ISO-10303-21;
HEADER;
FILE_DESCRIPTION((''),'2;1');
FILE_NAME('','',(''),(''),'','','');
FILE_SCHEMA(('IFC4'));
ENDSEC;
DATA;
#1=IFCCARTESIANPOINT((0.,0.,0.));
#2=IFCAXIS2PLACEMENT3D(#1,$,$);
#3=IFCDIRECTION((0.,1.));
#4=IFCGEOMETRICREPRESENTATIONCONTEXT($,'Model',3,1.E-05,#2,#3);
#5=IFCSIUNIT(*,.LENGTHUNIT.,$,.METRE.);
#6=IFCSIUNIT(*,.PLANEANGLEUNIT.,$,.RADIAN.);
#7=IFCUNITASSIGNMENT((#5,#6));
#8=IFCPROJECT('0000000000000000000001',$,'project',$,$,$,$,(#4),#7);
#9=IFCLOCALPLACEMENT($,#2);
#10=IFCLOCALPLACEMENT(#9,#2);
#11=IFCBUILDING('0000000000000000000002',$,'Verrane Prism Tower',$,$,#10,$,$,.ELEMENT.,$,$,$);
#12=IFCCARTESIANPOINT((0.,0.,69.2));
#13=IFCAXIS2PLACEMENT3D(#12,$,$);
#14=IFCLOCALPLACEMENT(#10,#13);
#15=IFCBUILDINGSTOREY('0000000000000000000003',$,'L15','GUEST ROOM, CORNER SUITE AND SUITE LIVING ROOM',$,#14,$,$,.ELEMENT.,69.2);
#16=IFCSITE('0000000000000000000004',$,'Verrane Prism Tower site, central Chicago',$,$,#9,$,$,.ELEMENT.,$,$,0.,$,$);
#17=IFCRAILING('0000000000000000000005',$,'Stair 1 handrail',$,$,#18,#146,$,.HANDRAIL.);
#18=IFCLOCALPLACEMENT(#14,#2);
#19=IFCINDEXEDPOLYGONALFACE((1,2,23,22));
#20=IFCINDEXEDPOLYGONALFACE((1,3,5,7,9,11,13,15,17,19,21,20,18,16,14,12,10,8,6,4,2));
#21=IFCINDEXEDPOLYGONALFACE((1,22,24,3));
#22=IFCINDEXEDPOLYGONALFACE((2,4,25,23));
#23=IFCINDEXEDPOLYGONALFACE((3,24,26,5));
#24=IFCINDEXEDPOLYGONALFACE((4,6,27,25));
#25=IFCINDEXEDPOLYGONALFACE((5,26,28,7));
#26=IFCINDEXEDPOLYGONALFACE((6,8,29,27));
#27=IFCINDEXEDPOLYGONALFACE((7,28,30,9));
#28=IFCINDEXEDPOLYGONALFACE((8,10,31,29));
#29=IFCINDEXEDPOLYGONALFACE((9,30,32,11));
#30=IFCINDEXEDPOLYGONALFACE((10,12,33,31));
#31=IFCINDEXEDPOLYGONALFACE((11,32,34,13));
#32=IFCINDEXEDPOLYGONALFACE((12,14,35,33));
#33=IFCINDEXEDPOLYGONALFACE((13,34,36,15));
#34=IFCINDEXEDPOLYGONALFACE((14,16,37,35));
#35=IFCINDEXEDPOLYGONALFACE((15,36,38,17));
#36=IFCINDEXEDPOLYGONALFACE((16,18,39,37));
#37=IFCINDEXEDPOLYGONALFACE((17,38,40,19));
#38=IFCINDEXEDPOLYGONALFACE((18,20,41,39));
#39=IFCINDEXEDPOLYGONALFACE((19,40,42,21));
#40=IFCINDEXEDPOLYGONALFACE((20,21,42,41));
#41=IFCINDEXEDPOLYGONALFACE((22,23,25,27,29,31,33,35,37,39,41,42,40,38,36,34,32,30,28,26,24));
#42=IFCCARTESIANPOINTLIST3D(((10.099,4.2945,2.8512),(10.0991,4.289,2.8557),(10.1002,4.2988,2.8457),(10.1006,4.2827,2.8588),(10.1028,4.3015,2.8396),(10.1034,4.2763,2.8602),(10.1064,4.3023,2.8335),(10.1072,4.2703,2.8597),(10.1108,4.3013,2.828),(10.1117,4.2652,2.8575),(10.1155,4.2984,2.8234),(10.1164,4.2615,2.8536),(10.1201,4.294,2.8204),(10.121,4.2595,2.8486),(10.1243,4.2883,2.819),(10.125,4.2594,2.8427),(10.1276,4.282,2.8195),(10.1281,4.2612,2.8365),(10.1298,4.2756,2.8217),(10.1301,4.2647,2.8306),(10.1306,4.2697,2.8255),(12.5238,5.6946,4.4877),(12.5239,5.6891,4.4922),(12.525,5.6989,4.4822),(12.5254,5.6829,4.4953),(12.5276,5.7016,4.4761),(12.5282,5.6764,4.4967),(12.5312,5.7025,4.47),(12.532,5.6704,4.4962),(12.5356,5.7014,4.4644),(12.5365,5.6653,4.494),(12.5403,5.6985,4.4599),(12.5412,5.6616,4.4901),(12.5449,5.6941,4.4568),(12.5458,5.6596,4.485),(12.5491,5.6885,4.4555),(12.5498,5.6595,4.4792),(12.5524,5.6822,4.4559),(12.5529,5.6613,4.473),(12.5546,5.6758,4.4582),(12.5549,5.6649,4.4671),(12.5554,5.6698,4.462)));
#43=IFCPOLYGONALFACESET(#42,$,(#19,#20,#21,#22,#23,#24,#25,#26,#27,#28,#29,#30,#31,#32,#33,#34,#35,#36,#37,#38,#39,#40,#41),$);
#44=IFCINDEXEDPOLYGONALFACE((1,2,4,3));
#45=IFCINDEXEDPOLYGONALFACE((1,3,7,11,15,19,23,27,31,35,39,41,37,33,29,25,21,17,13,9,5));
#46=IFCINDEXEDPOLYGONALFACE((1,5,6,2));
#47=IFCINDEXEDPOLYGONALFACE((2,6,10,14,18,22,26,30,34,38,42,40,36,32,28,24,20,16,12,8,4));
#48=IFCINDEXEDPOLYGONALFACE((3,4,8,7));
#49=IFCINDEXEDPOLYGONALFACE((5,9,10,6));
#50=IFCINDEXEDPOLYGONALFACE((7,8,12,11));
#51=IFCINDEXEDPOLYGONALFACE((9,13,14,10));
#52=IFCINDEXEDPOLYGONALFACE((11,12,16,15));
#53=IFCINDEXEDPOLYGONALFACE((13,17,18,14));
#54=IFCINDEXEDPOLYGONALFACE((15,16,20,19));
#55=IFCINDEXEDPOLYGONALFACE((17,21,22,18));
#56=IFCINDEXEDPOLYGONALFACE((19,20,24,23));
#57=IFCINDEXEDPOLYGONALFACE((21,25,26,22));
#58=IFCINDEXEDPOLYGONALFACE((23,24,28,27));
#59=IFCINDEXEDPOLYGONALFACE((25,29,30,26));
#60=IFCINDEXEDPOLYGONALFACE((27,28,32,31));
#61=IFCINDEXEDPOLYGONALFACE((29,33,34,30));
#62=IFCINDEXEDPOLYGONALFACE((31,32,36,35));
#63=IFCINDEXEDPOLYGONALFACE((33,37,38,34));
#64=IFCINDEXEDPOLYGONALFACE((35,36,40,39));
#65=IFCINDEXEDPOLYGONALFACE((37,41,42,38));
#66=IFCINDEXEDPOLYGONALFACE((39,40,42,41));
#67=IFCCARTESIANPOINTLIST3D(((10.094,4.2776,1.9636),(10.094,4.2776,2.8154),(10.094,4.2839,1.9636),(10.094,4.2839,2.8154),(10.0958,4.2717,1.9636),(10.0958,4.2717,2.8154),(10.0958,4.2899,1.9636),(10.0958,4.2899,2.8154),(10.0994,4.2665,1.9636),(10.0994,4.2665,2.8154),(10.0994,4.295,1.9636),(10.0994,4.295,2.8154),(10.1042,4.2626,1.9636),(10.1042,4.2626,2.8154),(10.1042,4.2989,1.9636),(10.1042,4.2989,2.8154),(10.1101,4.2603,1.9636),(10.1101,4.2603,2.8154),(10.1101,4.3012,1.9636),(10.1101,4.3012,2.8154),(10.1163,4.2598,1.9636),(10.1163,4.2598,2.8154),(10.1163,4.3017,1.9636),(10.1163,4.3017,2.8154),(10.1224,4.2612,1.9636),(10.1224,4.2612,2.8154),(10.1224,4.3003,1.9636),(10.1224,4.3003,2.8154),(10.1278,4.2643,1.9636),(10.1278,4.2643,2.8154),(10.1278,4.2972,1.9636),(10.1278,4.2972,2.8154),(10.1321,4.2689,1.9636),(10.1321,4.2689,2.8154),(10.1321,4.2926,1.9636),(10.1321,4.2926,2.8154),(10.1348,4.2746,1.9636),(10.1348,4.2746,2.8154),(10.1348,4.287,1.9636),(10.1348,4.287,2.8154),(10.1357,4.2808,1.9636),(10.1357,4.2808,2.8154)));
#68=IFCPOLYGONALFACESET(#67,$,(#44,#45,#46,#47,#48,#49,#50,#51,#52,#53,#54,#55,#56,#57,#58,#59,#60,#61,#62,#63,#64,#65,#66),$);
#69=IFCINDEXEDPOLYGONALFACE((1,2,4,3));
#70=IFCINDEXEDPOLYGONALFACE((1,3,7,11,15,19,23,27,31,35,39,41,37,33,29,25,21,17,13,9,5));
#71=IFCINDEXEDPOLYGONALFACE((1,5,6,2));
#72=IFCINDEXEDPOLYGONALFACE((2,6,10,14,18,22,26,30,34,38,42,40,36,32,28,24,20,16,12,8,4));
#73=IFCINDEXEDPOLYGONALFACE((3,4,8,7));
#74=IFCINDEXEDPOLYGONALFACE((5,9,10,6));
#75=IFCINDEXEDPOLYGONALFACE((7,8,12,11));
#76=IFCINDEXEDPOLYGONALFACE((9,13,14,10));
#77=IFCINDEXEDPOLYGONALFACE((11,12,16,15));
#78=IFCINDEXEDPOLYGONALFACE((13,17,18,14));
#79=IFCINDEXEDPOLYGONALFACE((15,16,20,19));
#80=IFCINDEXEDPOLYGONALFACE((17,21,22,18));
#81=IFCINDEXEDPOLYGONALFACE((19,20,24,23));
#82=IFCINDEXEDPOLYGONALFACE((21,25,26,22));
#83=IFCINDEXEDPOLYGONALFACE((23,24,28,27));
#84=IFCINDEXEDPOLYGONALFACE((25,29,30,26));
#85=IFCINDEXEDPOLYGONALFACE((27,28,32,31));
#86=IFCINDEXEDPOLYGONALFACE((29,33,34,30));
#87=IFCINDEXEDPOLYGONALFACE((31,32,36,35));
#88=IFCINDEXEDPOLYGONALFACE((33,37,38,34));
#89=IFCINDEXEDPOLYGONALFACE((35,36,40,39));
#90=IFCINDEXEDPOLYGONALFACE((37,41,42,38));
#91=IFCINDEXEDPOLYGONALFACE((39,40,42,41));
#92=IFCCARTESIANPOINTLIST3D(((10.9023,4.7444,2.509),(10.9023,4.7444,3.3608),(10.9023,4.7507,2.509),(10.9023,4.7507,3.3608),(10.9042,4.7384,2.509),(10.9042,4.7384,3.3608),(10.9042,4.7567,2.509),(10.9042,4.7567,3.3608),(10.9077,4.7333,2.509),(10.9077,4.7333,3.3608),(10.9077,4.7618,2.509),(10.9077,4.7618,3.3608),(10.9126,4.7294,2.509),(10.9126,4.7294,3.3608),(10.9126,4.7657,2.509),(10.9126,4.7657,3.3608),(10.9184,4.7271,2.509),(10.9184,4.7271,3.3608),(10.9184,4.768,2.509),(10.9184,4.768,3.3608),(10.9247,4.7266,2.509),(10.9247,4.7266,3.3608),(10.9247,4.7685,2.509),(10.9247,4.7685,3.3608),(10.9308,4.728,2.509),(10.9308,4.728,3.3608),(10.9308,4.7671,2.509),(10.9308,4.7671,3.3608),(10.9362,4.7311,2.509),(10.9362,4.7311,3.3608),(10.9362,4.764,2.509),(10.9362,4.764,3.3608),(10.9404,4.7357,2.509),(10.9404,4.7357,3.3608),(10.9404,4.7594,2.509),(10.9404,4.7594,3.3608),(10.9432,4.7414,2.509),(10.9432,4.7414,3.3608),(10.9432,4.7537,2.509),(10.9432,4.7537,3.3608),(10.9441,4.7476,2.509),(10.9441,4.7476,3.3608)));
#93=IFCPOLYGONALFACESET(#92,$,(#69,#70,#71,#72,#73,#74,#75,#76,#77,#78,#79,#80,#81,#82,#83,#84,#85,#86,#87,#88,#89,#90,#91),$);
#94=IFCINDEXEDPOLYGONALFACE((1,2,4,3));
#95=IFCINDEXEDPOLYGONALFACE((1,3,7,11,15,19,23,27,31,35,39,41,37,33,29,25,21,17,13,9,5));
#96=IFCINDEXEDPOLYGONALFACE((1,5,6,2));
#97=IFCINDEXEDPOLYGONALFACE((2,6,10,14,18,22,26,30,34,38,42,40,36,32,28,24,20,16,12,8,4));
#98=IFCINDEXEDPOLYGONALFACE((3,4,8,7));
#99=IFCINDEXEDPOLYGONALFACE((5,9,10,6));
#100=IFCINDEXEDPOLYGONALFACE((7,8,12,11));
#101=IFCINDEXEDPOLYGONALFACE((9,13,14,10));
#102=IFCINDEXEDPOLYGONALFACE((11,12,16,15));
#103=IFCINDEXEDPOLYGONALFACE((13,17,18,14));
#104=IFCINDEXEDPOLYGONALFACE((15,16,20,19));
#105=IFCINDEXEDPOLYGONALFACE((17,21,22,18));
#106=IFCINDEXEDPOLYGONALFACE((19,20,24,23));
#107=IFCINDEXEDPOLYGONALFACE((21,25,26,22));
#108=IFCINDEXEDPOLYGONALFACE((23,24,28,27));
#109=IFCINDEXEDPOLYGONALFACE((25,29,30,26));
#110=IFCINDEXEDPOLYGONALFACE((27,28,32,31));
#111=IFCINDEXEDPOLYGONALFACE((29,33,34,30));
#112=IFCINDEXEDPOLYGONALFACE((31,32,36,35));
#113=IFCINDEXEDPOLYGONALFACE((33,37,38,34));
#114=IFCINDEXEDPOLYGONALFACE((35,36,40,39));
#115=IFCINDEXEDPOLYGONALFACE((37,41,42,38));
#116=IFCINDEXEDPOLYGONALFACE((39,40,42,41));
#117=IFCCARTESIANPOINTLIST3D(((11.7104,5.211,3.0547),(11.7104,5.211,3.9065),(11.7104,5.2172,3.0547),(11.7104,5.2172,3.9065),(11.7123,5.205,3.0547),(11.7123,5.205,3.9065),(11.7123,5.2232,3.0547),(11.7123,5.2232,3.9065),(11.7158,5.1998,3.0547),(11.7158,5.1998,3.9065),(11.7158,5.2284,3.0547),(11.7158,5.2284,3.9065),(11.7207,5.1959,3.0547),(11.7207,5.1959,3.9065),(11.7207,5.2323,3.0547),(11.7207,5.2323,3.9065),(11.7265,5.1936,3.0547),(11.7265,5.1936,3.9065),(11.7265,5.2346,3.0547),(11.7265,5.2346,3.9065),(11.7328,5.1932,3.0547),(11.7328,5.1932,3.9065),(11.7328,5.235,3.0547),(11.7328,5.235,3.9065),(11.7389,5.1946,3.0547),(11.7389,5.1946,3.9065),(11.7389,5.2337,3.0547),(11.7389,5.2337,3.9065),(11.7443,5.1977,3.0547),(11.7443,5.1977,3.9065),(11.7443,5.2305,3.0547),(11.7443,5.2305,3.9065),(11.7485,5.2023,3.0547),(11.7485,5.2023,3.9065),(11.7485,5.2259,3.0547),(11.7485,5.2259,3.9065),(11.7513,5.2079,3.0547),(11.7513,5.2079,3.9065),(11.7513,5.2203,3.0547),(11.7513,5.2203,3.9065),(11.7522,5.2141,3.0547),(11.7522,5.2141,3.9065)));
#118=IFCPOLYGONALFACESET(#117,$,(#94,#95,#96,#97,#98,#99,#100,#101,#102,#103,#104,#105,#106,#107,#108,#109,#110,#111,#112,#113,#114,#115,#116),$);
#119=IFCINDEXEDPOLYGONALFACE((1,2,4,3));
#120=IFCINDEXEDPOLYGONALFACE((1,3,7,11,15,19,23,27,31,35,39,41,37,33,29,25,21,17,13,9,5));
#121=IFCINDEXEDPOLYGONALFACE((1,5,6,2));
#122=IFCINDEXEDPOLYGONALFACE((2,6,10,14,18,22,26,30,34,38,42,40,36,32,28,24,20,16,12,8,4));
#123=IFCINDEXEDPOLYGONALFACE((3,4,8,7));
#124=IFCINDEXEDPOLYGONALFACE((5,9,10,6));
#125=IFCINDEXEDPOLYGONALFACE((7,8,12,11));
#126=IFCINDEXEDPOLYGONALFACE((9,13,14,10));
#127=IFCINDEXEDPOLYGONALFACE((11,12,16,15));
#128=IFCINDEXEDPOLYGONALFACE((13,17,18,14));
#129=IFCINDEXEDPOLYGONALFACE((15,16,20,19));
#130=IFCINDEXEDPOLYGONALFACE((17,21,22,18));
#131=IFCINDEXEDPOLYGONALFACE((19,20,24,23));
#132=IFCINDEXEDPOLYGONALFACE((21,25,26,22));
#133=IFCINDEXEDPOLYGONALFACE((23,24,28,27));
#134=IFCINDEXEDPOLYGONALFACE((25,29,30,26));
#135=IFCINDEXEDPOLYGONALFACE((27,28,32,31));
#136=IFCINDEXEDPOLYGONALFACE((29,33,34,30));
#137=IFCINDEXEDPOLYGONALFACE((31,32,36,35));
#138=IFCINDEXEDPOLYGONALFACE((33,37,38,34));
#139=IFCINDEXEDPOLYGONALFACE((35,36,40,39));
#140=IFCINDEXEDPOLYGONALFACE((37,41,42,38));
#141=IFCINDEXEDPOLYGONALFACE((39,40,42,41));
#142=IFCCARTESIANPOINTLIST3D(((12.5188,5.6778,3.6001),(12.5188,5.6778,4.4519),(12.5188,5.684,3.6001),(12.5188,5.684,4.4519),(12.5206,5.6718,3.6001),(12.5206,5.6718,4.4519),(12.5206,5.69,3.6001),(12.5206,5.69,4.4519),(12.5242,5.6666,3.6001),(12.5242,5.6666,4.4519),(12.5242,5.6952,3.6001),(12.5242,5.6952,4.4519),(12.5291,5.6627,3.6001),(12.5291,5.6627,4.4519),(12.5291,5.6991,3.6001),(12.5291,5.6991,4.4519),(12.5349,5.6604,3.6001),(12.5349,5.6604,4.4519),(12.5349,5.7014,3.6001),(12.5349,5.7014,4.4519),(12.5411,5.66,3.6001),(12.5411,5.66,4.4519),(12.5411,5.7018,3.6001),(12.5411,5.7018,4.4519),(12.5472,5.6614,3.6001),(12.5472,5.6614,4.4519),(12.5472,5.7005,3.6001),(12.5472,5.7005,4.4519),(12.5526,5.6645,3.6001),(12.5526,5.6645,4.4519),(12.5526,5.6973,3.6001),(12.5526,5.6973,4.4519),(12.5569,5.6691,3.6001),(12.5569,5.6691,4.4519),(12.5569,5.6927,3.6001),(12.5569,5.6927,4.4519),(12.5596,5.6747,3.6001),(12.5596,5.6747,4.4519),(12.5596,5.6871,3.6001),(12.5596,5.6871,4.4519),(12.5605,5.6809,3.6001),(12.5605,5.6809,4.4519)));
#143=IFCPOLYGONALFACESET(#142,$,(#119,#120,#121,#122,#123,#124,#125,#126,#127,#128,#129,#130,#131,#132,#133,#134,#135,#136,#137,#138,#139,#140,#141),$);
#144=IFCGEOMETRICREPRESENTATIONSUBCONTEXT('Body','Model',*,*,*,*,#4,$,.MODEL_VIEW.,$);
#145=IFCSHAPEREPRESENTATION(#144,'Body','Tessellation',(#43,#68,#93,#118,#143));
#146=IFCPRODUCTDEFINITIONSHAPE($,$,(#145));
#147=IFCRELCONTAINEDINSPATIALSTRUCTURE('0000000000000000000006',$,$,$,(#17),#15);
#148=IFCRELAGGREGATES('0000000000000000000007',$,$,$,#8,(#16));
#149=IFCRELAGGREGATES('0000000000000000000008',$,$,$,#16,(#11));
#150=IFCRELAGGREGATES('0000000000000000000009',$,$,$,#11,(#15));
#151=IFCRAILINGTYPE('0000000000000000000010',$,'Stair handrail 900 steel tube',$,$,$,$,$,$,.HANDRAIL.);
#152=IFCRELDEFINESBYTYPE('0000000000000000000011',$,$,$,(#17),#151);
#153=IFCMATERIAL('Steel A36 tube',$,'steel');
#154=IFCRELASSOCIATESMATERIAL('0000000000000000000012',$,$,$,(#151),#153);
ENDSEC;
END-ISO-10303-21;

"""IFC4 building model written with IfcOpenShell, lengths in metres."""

from ifc_helpers import new_model, si_unit, direction, frame, origin, origin_2d, place, context, subcontext, project, spatial, circle, extrude, material, type_object, element, save


model = new_model("IFC4")

# Units and contexts
model_context = context("Model", 3, precision=1e-05, world=origin(), true_north=direction((0.0, 1.0)))
body_context = subcontext(model_context, "Body", "Model", "MODEL_VIEW")
ifc_project = project(units=[si_unit("LENGTHUNIT", "METRE"), si_unit("PLANEANGLEUNIT", "RADIAN")], contexts=[model_context])

# Site, building, storey
site_placement = place(None, origin())
site = spatial("IfcSite", under=ifc_project, at=site_placement, Name="Verrane Prism Tower site, central Chicago", CompositionType="ELEMENT", RefElevation=0.0)
building_placement = place(site_placement, origin())
building = spatial("IfcBuilding", under=site, at=building_placement, Name="Verrane Prism Tower", CompositionType="ELEMENT")
storey_placement = place(building_placement, frame((0.0, 0.0, 69.2)))
storey = spatial("IfcBuildingStorey", under=building, at=storey_placement, Name="L15", Description="GUEST ROOM, CORNER SUITE AND SUITE LIVING ROOM", CompositionType="ELEMENT", Elevation=69.2)

# Railing
ifc_material_1 = material(Name="Steel A36 tube", Category="steel")
railing_type_1 = type_object("IfcRailingType", Name="Stair handrail 900 steel tube", PredefinedType="HANDRAIL", material=ifc_material_1)
railing_1_placement = place(storey_placement, frame((10.1147, 4.2808, 1.9636)))
element("IfcRailing", 1, at=railing_1_placement, inside=storey, type_object=railing_type_1, Name="Stair 1 handrail", PredefinedType="HANDRAIL", context=body_context, shape_type="SweptSolid", body=[
    extrude(circle(Radius=0.0239, at=origin_2d()), frame((0.0, 0.0, 0.876), z_axis=(0.747666, 0.431722, 0.504591), x_axis=(-0.50005, 0.865997, 0.0)), (0.0, 0.0, 1.0), 3.2432),
    extrude(circle(Radius=0.021, at=origin_2d()), origin(), (0.0, 0.0, 1.0), 0.8518),
    extrude(circle(Radius=0.021, at=origin_2d()), frame((0.8083, 0.4668, 0.5454)), (0.0, 0.0, 1.0), 0.8518),
    extrude(circle(Radius=0.021, at=origin_2d()), frame((1.6165, 0.9333, 1.0911)), (0.0, 0.0, 1.0), 0.8518),
    extrude(circle(Radius=0.021, at=origin_2d()), frame((2.4248, 1.4001, 1.6365)), (0.0, 0.0, 1.0), 0.8518),
])

save(model, "model.ifc")
